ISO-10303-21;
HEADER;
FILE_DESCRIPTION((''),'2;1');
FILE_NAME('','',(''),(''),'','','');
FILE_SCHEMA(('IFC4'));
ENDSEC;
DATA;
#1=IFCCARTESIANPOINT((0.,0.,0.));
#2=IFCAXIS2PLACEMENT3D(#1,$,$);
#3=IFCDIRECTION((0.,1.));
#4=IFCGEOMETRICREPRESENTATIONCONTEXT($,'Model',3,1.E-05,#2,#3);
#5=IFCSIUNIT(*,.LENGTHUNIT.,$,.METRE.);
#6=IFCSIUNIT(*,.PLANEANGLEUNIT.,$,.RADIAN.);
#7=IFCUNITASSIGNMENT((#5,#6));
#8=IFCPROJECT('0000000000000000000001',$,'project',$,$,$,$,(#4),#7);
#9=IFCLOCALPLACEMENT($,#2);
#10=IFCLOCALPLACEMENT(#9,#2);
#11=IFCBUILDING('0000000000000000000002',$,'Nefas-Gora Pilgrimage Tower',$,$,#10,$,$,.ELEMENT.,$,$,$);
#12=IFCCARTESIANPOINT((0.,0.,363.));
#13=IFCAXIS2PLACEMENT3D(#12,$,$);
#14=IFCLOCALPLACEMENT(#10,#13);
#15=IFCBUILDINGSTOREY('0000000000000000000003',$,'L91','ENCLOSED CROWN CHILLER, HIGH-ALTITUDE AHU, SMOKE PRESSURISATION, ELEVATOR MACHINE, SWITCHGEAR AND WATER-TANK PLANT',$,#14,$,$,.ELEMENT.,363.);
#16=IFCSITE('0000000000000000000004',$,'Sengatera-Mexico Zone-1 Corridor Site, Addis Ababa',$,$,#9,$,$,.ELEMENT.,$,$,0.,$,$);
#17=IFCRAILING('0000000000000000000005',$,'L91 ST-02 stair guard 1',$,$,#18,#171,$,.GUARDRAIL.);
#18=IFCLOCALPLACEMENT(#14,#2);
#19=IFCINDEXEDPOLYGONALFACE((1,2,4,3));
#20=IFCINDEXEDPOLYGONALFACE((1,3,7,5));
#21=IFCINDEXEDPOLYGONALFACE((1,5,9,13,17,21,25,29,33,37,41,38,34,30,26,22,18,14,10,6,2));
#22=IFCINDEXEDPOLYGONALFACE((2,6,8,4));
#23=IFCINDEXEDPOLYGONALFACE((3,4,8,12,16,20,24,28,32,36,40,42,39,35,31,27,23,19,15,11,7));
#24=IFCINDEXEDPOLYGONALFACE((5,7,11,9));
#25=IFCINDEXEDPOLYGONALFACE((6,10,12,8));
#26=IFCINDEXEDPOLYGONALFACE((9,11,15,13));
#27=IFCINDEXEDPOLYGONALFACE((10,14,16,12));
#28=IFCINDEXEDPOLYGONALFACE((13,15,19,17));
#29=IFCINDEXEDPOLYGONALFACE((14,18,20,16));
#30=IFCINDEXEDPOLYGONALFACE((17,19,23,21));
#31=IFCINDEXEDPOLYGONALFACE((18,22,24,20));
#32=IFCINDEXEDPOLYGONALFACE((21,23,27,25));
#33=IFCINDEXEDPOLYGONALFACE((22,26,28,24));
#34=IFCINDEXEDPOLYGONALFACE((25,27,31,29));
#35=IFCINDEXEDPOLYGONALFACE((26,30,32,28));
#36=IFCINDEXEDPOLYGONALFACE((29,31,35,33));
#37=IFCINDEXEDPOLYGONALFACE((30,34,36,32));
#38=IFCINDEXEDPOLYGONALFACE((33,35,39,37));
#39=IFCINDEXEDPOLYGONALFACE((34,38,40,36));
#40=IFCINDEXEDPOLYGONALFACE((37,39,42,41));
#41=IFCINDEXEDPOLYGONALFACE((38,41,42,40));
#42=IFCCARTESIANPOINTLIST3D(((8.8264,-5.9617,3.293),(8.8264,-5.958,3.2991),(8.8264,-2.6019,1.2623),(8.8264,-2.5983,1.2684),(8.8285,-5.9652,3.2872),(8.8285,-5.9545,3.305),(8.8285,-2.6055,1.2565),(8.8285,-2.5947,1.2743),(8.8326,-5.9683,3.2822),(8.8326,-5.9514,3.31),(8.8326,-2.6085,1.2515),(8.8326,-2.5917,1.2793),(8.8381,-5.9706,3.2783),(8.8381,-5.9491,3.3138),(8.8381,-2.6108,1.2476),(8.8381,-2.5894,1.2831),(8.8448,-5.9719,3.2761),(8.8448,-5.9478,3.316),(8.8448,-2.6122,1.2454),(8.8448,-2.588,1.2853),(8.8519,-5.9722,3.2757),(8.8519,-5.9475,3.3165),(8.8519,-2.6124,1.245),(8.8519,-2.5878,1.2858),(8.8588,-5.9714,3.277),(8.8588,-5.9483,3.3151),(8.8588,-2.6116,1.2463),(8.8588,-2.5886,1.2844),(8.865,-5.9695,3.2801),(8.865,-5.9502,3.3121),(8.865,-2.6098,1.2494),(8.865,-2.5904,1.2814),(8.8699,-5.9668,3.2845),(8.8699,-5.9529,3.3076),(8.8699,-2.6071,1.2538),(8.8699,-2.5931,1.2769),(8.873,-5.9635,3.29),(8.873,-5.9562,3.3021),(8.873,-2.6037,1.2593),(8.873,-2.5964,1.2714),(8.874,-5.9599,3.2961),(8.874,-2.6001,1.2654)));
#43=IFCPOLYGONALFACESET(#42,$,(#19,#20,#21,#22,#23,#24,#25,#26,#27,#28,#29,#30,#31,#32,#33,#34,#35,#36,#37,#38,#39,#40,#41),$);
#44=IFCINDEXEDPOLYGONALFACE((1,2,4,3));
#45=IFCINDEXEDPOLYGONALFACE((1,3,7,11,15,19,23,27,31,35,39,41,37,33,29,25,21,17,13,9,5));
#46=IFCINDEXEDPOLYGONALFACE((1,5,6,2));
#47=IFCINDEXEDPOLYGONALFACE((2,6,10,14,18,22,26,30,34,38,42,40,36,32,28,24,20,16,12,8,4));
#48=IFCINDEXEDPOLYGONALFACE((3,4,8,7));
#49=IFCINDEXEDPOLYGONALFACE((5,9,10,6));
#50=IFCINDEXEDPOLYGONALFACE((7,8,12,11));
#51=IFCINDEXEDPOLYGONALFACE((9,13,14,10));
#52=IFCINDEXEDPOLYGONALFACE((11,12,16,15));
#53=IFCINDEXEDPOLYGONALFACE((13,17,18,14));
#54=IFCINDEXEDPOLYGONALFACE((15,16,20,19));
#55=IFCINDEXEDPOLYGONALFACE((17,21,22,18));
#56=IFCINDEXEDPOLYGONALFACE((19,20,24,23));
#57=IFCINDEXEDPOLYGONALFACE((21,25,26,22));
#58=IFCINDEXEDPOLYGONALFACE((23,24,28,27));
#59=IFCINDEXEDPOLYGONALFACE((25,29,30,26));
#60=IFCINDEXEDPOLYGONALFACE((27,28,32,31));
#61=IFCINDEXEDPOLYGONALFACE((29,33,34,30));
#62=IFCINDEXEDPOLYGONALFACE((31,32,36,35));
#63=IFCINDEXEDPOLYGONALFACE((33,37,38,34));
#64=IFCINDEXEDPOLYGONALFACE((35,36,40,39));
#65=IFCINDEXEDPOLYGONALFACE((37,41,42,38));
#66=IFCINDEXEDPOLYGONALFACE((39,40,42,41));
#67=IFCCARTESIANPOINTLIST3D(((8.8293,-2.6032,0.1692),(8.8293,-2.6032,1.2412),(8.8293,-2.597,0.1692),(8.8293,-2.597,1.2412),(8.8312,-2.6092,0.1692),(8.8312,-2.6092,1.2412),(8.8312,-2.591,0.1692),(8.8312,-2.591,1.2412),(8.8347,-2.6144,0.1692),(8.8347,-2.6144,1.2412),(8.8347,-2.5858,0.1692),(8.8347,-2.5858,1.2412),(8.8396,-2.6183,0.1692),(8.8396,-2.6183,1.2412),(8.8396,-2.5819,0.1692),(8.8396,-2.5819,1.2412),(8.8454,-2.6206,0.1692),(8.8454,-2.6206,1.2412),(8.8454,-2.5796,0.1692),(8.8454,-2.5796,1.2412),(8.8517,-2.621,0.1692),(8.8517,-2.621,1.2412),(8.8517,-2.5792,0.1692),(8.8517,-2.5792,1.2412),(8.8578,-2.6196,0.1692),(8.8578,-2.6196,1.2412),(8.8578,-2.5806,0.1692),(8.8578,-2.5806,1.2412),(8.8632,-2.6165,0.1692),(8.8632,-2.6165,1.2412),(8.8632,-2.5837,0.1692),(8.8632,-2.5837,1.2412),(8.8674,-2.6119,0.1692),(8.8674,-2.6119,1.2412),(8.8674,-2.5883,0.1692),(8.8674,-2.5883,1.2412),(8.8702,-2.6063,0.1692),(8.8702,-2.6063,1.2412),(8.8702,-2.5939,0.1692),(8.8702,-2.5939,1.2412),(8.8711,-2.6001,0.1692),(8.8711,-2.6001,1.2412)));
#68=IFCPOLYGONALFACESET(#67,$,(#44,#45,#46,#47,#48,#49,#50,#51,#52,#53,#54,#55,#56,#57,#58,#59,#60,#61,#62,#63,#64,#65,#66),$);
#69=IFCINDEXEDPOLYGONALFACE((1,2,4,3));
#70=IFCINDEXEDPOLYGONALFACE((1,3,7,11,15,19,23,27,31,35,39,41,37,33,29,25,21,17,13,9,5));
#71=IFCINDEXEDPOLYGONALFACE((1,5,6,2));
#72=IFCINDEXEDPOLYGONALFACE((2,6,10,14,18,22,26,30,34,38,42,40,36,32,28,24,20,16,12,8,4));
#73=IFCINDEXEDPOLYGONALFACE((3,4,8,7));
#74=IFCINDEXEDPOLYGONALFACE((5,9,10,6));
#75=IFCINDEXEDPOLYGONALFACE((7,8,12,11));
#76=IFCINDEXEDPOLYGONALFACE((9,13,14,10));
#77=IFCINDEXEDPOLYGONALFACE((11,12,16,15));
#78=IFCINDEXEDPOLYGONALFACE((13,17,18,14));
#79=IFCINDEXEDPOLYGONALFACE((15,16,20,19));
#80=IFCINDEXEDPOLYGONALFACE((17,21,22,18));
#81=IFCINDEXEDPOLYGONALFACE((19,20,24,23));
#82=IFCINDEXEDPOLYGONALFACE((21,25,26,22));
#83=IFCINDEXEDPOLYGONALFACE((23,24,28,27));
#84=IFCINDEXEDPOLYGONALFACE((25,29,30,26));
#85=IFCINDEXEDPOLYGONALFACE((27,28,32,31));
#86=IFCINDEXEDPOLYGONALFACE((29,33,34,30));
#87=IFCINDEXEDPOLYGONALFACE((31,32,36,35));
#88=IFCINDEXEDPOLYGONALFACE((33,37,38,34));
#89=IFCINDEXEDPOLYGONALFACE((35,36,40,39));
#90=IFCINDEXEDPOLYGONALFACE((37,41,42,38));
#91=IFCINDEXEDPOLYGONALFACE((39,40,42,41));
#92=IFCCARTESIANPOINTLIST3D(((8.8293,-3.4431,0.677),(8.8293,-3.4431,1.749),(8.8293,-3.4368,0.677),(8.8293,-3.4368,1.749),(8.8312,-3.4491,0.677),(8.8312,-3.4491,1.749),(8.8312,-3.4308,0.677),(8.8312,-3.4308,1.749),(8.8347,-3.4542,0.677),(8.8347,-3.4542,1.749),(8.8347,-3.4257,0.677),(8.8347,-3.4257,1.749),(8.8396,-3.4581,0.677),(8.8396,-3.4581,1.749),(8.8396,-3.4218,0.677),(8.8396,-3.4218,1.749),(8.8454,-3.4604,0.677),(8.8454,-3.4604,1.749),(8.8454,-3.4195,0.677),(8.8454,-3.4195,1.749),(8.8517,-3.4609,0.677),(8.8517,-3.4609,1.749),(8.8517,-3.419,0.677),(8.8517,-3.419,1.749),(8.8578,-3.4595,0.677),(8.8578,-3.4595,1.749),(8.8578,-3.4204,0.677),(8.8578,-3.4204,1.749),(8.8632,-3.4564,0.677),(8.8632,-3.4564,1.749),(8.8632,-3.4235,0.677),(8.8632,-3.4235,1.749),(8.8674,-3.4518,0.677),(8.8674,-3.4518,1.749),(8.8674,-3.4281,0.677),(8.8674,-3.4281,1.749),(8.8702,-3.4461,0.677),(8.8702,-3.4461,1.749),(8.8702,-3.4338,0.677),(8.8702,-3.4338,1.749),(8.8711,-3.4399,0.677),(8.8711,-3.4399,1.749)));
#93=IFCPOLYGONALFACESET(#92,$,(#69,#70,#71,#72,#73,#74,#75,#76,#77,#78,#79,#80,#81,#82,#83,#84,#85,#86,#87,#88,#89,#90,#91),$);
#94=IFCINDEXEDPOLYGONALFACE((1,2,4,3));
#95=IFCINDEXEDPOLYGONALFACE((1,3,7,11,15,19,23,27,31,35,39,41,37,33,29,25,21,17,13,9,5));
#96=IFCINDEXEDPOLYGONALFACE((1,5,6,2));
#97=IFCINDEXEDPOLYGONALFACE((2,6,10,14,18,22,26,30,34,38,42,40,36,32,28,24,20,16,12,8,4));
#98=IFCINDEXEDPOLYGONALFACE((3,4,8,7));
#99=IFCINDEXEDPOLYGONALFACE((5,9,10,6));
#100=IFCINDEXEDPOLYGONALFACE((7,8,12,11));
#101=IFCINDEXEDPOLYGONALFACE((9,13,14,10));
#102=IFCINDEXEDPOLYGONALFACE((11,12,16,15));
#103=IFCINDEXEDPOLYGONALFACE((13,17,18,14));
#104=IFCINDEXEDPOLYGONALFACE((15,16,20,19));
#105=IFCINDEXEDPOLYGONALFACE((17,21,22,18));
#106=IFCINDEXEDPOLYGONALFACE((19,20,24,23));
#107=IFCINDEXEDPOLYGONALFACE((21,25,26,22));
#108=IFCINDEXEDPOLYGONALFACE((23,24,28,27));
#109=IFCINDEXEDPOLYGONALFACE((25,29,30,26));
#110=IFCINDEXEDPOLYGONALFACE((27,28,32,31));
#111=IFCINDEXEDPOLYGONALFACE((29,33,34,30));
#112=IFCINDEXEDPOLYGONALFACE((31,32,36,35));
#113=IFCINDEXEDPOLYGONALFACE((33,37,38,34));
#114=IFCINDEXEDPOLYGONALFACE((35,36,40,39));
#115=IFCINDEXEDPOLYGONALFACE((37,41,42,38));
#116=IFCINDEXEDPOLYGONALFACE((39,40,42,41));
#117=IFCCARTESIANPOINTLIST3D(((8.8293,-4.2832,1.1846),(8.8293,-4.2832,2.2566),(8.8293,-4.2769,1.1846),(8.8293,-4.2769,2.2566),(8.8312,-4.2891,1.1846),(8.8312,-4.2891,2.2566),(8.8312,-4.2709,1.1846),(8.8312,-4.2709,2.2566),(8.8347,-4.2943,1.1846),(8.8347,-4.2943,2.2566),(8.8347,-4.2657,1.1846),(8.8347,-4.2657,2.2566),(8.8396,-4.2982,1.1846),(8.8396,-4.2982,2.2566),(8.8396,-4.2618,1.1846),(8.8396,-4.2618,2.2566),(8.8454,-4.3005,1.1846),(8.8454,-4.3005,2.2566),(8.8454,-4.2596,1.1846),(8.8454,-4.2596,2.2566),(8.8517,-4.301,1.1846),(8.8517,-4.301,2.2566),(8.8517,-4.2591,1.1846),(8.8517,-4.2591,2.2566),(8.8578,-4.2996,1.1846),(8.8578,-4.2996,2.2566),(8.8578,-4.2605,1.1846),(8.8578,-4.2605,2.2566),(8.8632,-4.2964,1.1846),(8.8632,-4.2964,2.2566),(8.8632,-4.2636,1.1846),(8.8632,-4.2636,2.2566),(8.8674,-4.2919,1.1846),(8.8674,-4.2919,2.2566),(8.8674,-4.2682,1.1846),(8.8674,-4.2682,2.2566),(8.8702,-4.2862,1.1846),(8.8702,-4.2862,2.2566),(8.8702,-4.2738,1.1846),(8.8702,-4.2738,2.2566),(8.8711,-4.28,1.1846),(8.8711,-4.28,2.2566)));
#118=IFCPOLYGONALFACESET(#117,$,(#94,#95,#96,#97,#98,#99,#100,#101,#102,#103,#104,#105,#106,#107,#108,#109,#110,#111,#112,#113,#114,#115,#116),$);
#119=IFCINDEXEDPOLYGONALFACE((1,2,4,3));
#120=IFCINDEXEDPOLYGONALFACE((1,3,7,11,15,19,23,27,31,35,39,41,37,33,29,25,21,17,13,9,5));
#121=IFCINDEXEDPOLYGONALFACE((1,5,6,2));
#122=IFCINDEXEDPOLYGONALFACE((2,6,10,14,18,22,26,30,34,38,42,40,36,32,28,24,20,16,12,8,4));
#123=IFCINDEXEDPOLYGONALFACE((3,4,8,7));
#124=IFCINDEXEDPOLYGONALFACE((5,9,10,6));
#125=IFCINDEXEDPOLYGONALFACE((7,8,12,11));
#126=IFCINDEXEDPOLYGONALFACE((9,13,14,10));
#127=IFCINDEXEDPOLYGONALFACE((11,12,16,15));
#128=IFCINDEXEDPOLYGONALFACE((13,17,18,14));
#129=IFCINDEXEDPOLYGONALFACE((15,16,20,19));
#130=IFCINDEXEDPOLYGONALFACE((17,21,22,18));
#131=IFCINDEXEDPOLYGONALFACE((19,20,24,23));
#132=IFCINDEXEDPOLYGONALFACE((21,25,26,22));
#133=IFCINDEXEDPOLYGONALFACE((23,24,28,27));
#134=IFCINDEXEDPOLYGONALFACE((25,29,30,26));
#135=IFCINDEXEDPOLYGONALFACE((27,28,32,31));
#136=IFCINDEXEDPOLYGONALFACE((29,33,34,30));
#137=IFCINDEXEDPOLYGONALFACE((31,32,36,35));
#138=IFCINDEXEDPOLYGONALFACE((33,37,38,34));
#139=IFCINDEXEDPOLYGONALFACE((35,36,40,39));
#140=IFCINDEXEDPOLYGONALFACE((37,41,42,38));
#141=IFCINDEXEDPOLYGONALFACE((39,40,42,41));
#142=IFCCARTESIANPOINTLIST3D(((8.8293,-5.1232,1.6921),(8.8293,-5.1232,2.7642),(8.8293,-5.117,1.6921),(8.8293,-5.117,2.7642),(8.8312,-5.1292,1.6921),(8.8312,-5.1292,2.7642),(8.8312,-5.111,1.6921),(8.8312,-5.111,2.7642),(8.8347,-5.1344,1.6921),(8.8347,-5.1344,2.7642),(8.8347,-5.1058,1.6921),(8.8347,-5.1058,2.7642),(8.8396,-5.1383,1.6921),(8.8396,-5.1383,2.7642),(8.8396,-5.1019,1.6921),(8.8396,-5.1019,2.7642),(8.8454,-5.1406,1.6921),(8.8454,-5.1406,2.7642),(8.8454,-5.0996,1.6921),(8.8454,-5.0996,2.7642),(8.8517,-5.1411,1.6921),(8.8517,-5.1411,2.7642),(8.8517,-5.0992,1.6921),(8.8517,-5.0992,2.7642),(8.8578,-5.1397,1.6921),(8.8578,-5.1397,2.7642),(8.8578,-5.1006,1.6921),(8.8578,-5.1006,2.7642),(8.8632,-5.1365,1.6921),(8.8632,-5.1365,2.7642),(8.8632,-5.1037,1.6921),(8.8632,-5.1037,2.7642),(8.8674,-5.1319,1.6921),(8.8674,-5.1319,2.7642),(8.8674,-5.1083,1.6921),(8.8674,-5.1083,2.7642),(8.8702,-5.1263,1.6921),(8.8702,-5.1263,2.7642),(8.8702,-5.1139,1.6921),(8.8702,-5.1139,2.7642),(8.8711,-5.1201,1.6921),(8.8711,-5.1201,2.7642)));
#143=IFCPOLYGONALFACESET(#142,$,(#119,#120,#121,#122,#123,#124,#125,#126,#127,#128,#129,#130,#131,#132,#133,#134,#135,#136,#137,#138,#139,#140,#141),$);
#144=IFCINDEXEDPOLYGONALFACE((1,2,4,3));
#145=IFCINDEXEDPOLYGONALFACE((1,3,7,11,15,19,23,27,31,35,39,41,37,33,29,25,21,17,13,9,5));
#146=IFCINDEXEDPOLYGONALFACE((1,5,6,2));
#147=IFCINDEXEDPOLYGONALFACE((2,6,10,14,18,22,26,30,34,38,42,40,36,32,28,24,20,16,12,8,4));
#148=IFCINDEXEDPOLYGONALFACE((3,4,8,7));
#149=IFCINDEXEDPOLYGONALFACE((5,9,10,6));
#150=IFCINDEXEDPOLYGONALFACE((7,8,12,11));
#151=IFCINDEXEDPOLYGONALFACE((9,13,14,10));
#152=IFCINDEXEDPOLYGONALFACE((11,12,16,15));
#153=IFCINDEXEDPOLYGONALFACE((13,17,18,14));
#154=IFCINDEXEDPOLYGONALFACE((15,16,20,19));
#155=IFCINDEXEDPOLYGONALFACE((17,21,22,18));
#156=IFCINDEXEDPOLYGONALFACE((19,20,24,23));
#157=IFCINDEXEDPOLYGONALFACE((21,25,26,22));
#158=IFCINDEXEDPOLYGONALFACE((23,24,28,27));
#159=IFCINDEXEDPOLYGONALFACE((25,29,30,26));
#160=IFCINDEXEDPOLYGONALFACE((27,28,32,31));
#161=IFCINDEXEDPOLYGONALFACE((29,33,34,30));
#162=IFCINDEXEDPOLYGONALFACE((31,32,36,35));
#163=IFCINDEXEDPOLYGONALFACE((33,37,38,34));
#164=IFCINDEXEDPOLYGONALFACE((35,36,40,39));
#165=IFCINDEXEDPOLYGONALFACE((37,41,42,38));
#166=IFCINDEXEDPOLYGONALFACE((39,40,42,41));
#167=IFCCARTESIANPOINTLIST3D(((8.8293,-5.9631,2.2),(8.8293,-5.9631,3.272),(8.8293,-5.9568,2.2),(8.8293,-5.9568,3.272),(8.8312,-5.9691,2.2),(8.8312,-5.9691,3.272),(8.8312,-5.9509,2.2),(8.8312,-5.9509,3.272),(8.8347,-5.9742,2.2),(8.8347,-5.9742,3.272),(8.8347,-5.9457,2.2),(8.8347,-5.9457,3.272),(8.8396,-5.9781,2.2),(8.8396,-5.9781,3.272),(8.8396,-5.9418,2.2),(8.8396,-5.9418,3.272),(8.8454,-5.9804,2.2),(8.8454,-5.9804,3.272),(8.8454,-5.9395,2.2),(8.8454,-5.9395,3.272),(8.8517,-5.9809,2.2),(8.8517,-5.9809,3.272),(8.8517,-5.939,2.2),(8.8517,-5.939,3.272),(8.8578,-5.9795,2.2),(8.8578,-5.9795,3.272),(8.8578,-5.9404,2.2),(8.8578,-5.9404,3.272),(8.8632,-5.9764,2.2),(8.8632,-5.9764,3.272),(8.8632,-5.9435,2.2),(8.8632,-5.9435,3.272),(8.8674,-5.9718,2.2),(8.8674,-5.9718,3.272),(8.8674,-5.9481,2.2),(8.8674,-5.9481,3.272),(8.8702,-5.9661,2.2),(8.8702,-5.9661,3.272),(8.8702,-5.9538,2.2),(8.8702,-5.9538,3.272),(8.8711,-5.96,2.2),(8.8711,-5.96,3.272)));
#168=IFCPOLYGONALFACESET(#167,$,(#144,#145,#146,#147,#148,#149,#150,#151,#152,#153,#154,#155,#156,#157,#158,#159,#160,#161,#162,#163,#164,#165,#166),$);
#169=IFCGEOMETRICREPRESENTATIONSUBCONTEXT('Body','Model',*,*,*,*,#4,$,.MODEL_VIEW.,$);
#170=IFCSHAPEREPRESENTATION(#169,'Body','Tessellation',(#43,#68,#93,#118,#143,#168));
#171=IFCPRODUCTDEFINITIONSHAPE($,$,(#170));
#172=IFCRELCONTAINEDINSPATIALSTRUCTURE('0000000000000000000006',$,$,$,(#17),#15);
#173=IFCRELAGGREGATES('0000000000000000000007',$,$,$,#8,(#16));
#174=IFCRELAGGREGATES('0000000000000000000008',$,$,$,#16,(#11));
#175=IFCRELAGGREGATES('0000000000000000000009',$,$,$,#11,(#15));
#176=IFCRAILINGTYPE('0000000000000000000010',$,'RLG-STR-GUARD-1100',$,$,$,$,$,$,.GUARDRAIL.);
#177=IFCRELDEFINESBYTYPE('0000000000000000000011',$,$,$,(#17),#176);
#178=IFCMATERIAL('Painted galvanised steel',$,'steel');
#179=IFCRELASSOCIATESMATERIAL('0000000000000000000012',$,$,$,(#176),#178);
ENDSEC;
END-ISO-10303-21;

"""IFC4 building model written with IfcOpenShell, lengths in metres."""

from ifc_helpers import new_model, si_unit, direction, frame, origin, origin_2d, place, context, subcontext, project, spatial, circle, extrude, material, type_object, element, save


model = new_model("IFC4")

# Units and contexts
model_context = context("Model", 3, precision=1e-05, world=origin(), true_north=direction((0.0, 1.0)))
body_context = subcontext(model_context, "Body", "Model", "MODEL_VIEW")
ifc_project = project(units=[si_unit("LENGTHUNIT", "METRE"), si_unit("PLANEANGLEUNIT", "RADIAN")], contexts=[model_context])

# Site, building, storey
site_placement = place(None, origin())
site = spatial("IfcSite", under=ifc_project, at=site_placement, Name="Sengatera-Mexico Zone-1 Corridor Site, Addis Ababa", CompositionType="ELEMENT", RefElevation=0.0)
building_placement = place(site_placement, origin())
building = spatial("IfcBuilding", under=site, at=building_placement, Name="Nefas-Gora Pilgrimage Tower", CompositionType="ELEMENT")
storey_placement = place(building_placement, frame((0.0, 0.0, 363.0)))
storey = spatial("IfcBuildingStorey", under=building, at=storey_placement, Name="L91", Description="ENCLOSED CROWN CHILLER, HIGH-ALTITUDE AHU, SMOKE PRESSURISATION, ELEVATOR MACHINE, SWITCHGEAR AND WATER-TANK PLANT", CompositionType="ELEMENT", Elevation=363.0)

# Railing
ifc_material_1 = material(Name="Painted galvanised steel", Category="steel")
railing_type_1 = type_object("IfcRailingType", Name="RLG-STR-GUARD-1100", PredefinedType="GUARDRAIL", material=ifc_material_1)
railing_1_placement = place(storey_placement, frame((8.8501, -2.6001, 0.1692)))
element("IfcRailing", 1, at=railing_1_placement, inside=storey, type_object=railing_type_1, Name="L91 ST-02 stair guard 1", PredefinedType="GUARDRAIL", context=body_context, shape_type="SweptSolid", body=[
    extrude(circle(Radius=0.0239, at=origin_2d()), frame((0.0, 0.0, 1.0962), z_axis=(0.0, -0.85582, 0.517273), x_axis=(1.0, 0.0, 0.0)), (0.0, 0.0, 1.0), 3.9258),
    extrude(circle(Radius=0.021, at=origin_2d()), origin(), (0.0, 0.0, 1.0), 1.072),
    extrude(circle(Radius=0.021, at=origin_2d()), frame((0.0, -0.8398, 0.5078)), (0.0, 0.0, 1.0), 1.072),
    extrude(circle(Radius=0.021, at=origin_2d()), frame((0.0, -1.6799, 1.0154)), (0.0, 0.0, 1.0), 1.072),
    extrude(circle(Radius=0.021, at=origin_2d()), frame((0.0, -2.52, 1.5229)), (0.0, 0.0, 1.0), 1.072),
    extrude(circle(Radius=0.021, at=origin_2d()), frame((0.0, -3.3599, 2.0308)), (0.0, 0.0, 1.0), 1.072),
])

save(model, "model.ifc")
